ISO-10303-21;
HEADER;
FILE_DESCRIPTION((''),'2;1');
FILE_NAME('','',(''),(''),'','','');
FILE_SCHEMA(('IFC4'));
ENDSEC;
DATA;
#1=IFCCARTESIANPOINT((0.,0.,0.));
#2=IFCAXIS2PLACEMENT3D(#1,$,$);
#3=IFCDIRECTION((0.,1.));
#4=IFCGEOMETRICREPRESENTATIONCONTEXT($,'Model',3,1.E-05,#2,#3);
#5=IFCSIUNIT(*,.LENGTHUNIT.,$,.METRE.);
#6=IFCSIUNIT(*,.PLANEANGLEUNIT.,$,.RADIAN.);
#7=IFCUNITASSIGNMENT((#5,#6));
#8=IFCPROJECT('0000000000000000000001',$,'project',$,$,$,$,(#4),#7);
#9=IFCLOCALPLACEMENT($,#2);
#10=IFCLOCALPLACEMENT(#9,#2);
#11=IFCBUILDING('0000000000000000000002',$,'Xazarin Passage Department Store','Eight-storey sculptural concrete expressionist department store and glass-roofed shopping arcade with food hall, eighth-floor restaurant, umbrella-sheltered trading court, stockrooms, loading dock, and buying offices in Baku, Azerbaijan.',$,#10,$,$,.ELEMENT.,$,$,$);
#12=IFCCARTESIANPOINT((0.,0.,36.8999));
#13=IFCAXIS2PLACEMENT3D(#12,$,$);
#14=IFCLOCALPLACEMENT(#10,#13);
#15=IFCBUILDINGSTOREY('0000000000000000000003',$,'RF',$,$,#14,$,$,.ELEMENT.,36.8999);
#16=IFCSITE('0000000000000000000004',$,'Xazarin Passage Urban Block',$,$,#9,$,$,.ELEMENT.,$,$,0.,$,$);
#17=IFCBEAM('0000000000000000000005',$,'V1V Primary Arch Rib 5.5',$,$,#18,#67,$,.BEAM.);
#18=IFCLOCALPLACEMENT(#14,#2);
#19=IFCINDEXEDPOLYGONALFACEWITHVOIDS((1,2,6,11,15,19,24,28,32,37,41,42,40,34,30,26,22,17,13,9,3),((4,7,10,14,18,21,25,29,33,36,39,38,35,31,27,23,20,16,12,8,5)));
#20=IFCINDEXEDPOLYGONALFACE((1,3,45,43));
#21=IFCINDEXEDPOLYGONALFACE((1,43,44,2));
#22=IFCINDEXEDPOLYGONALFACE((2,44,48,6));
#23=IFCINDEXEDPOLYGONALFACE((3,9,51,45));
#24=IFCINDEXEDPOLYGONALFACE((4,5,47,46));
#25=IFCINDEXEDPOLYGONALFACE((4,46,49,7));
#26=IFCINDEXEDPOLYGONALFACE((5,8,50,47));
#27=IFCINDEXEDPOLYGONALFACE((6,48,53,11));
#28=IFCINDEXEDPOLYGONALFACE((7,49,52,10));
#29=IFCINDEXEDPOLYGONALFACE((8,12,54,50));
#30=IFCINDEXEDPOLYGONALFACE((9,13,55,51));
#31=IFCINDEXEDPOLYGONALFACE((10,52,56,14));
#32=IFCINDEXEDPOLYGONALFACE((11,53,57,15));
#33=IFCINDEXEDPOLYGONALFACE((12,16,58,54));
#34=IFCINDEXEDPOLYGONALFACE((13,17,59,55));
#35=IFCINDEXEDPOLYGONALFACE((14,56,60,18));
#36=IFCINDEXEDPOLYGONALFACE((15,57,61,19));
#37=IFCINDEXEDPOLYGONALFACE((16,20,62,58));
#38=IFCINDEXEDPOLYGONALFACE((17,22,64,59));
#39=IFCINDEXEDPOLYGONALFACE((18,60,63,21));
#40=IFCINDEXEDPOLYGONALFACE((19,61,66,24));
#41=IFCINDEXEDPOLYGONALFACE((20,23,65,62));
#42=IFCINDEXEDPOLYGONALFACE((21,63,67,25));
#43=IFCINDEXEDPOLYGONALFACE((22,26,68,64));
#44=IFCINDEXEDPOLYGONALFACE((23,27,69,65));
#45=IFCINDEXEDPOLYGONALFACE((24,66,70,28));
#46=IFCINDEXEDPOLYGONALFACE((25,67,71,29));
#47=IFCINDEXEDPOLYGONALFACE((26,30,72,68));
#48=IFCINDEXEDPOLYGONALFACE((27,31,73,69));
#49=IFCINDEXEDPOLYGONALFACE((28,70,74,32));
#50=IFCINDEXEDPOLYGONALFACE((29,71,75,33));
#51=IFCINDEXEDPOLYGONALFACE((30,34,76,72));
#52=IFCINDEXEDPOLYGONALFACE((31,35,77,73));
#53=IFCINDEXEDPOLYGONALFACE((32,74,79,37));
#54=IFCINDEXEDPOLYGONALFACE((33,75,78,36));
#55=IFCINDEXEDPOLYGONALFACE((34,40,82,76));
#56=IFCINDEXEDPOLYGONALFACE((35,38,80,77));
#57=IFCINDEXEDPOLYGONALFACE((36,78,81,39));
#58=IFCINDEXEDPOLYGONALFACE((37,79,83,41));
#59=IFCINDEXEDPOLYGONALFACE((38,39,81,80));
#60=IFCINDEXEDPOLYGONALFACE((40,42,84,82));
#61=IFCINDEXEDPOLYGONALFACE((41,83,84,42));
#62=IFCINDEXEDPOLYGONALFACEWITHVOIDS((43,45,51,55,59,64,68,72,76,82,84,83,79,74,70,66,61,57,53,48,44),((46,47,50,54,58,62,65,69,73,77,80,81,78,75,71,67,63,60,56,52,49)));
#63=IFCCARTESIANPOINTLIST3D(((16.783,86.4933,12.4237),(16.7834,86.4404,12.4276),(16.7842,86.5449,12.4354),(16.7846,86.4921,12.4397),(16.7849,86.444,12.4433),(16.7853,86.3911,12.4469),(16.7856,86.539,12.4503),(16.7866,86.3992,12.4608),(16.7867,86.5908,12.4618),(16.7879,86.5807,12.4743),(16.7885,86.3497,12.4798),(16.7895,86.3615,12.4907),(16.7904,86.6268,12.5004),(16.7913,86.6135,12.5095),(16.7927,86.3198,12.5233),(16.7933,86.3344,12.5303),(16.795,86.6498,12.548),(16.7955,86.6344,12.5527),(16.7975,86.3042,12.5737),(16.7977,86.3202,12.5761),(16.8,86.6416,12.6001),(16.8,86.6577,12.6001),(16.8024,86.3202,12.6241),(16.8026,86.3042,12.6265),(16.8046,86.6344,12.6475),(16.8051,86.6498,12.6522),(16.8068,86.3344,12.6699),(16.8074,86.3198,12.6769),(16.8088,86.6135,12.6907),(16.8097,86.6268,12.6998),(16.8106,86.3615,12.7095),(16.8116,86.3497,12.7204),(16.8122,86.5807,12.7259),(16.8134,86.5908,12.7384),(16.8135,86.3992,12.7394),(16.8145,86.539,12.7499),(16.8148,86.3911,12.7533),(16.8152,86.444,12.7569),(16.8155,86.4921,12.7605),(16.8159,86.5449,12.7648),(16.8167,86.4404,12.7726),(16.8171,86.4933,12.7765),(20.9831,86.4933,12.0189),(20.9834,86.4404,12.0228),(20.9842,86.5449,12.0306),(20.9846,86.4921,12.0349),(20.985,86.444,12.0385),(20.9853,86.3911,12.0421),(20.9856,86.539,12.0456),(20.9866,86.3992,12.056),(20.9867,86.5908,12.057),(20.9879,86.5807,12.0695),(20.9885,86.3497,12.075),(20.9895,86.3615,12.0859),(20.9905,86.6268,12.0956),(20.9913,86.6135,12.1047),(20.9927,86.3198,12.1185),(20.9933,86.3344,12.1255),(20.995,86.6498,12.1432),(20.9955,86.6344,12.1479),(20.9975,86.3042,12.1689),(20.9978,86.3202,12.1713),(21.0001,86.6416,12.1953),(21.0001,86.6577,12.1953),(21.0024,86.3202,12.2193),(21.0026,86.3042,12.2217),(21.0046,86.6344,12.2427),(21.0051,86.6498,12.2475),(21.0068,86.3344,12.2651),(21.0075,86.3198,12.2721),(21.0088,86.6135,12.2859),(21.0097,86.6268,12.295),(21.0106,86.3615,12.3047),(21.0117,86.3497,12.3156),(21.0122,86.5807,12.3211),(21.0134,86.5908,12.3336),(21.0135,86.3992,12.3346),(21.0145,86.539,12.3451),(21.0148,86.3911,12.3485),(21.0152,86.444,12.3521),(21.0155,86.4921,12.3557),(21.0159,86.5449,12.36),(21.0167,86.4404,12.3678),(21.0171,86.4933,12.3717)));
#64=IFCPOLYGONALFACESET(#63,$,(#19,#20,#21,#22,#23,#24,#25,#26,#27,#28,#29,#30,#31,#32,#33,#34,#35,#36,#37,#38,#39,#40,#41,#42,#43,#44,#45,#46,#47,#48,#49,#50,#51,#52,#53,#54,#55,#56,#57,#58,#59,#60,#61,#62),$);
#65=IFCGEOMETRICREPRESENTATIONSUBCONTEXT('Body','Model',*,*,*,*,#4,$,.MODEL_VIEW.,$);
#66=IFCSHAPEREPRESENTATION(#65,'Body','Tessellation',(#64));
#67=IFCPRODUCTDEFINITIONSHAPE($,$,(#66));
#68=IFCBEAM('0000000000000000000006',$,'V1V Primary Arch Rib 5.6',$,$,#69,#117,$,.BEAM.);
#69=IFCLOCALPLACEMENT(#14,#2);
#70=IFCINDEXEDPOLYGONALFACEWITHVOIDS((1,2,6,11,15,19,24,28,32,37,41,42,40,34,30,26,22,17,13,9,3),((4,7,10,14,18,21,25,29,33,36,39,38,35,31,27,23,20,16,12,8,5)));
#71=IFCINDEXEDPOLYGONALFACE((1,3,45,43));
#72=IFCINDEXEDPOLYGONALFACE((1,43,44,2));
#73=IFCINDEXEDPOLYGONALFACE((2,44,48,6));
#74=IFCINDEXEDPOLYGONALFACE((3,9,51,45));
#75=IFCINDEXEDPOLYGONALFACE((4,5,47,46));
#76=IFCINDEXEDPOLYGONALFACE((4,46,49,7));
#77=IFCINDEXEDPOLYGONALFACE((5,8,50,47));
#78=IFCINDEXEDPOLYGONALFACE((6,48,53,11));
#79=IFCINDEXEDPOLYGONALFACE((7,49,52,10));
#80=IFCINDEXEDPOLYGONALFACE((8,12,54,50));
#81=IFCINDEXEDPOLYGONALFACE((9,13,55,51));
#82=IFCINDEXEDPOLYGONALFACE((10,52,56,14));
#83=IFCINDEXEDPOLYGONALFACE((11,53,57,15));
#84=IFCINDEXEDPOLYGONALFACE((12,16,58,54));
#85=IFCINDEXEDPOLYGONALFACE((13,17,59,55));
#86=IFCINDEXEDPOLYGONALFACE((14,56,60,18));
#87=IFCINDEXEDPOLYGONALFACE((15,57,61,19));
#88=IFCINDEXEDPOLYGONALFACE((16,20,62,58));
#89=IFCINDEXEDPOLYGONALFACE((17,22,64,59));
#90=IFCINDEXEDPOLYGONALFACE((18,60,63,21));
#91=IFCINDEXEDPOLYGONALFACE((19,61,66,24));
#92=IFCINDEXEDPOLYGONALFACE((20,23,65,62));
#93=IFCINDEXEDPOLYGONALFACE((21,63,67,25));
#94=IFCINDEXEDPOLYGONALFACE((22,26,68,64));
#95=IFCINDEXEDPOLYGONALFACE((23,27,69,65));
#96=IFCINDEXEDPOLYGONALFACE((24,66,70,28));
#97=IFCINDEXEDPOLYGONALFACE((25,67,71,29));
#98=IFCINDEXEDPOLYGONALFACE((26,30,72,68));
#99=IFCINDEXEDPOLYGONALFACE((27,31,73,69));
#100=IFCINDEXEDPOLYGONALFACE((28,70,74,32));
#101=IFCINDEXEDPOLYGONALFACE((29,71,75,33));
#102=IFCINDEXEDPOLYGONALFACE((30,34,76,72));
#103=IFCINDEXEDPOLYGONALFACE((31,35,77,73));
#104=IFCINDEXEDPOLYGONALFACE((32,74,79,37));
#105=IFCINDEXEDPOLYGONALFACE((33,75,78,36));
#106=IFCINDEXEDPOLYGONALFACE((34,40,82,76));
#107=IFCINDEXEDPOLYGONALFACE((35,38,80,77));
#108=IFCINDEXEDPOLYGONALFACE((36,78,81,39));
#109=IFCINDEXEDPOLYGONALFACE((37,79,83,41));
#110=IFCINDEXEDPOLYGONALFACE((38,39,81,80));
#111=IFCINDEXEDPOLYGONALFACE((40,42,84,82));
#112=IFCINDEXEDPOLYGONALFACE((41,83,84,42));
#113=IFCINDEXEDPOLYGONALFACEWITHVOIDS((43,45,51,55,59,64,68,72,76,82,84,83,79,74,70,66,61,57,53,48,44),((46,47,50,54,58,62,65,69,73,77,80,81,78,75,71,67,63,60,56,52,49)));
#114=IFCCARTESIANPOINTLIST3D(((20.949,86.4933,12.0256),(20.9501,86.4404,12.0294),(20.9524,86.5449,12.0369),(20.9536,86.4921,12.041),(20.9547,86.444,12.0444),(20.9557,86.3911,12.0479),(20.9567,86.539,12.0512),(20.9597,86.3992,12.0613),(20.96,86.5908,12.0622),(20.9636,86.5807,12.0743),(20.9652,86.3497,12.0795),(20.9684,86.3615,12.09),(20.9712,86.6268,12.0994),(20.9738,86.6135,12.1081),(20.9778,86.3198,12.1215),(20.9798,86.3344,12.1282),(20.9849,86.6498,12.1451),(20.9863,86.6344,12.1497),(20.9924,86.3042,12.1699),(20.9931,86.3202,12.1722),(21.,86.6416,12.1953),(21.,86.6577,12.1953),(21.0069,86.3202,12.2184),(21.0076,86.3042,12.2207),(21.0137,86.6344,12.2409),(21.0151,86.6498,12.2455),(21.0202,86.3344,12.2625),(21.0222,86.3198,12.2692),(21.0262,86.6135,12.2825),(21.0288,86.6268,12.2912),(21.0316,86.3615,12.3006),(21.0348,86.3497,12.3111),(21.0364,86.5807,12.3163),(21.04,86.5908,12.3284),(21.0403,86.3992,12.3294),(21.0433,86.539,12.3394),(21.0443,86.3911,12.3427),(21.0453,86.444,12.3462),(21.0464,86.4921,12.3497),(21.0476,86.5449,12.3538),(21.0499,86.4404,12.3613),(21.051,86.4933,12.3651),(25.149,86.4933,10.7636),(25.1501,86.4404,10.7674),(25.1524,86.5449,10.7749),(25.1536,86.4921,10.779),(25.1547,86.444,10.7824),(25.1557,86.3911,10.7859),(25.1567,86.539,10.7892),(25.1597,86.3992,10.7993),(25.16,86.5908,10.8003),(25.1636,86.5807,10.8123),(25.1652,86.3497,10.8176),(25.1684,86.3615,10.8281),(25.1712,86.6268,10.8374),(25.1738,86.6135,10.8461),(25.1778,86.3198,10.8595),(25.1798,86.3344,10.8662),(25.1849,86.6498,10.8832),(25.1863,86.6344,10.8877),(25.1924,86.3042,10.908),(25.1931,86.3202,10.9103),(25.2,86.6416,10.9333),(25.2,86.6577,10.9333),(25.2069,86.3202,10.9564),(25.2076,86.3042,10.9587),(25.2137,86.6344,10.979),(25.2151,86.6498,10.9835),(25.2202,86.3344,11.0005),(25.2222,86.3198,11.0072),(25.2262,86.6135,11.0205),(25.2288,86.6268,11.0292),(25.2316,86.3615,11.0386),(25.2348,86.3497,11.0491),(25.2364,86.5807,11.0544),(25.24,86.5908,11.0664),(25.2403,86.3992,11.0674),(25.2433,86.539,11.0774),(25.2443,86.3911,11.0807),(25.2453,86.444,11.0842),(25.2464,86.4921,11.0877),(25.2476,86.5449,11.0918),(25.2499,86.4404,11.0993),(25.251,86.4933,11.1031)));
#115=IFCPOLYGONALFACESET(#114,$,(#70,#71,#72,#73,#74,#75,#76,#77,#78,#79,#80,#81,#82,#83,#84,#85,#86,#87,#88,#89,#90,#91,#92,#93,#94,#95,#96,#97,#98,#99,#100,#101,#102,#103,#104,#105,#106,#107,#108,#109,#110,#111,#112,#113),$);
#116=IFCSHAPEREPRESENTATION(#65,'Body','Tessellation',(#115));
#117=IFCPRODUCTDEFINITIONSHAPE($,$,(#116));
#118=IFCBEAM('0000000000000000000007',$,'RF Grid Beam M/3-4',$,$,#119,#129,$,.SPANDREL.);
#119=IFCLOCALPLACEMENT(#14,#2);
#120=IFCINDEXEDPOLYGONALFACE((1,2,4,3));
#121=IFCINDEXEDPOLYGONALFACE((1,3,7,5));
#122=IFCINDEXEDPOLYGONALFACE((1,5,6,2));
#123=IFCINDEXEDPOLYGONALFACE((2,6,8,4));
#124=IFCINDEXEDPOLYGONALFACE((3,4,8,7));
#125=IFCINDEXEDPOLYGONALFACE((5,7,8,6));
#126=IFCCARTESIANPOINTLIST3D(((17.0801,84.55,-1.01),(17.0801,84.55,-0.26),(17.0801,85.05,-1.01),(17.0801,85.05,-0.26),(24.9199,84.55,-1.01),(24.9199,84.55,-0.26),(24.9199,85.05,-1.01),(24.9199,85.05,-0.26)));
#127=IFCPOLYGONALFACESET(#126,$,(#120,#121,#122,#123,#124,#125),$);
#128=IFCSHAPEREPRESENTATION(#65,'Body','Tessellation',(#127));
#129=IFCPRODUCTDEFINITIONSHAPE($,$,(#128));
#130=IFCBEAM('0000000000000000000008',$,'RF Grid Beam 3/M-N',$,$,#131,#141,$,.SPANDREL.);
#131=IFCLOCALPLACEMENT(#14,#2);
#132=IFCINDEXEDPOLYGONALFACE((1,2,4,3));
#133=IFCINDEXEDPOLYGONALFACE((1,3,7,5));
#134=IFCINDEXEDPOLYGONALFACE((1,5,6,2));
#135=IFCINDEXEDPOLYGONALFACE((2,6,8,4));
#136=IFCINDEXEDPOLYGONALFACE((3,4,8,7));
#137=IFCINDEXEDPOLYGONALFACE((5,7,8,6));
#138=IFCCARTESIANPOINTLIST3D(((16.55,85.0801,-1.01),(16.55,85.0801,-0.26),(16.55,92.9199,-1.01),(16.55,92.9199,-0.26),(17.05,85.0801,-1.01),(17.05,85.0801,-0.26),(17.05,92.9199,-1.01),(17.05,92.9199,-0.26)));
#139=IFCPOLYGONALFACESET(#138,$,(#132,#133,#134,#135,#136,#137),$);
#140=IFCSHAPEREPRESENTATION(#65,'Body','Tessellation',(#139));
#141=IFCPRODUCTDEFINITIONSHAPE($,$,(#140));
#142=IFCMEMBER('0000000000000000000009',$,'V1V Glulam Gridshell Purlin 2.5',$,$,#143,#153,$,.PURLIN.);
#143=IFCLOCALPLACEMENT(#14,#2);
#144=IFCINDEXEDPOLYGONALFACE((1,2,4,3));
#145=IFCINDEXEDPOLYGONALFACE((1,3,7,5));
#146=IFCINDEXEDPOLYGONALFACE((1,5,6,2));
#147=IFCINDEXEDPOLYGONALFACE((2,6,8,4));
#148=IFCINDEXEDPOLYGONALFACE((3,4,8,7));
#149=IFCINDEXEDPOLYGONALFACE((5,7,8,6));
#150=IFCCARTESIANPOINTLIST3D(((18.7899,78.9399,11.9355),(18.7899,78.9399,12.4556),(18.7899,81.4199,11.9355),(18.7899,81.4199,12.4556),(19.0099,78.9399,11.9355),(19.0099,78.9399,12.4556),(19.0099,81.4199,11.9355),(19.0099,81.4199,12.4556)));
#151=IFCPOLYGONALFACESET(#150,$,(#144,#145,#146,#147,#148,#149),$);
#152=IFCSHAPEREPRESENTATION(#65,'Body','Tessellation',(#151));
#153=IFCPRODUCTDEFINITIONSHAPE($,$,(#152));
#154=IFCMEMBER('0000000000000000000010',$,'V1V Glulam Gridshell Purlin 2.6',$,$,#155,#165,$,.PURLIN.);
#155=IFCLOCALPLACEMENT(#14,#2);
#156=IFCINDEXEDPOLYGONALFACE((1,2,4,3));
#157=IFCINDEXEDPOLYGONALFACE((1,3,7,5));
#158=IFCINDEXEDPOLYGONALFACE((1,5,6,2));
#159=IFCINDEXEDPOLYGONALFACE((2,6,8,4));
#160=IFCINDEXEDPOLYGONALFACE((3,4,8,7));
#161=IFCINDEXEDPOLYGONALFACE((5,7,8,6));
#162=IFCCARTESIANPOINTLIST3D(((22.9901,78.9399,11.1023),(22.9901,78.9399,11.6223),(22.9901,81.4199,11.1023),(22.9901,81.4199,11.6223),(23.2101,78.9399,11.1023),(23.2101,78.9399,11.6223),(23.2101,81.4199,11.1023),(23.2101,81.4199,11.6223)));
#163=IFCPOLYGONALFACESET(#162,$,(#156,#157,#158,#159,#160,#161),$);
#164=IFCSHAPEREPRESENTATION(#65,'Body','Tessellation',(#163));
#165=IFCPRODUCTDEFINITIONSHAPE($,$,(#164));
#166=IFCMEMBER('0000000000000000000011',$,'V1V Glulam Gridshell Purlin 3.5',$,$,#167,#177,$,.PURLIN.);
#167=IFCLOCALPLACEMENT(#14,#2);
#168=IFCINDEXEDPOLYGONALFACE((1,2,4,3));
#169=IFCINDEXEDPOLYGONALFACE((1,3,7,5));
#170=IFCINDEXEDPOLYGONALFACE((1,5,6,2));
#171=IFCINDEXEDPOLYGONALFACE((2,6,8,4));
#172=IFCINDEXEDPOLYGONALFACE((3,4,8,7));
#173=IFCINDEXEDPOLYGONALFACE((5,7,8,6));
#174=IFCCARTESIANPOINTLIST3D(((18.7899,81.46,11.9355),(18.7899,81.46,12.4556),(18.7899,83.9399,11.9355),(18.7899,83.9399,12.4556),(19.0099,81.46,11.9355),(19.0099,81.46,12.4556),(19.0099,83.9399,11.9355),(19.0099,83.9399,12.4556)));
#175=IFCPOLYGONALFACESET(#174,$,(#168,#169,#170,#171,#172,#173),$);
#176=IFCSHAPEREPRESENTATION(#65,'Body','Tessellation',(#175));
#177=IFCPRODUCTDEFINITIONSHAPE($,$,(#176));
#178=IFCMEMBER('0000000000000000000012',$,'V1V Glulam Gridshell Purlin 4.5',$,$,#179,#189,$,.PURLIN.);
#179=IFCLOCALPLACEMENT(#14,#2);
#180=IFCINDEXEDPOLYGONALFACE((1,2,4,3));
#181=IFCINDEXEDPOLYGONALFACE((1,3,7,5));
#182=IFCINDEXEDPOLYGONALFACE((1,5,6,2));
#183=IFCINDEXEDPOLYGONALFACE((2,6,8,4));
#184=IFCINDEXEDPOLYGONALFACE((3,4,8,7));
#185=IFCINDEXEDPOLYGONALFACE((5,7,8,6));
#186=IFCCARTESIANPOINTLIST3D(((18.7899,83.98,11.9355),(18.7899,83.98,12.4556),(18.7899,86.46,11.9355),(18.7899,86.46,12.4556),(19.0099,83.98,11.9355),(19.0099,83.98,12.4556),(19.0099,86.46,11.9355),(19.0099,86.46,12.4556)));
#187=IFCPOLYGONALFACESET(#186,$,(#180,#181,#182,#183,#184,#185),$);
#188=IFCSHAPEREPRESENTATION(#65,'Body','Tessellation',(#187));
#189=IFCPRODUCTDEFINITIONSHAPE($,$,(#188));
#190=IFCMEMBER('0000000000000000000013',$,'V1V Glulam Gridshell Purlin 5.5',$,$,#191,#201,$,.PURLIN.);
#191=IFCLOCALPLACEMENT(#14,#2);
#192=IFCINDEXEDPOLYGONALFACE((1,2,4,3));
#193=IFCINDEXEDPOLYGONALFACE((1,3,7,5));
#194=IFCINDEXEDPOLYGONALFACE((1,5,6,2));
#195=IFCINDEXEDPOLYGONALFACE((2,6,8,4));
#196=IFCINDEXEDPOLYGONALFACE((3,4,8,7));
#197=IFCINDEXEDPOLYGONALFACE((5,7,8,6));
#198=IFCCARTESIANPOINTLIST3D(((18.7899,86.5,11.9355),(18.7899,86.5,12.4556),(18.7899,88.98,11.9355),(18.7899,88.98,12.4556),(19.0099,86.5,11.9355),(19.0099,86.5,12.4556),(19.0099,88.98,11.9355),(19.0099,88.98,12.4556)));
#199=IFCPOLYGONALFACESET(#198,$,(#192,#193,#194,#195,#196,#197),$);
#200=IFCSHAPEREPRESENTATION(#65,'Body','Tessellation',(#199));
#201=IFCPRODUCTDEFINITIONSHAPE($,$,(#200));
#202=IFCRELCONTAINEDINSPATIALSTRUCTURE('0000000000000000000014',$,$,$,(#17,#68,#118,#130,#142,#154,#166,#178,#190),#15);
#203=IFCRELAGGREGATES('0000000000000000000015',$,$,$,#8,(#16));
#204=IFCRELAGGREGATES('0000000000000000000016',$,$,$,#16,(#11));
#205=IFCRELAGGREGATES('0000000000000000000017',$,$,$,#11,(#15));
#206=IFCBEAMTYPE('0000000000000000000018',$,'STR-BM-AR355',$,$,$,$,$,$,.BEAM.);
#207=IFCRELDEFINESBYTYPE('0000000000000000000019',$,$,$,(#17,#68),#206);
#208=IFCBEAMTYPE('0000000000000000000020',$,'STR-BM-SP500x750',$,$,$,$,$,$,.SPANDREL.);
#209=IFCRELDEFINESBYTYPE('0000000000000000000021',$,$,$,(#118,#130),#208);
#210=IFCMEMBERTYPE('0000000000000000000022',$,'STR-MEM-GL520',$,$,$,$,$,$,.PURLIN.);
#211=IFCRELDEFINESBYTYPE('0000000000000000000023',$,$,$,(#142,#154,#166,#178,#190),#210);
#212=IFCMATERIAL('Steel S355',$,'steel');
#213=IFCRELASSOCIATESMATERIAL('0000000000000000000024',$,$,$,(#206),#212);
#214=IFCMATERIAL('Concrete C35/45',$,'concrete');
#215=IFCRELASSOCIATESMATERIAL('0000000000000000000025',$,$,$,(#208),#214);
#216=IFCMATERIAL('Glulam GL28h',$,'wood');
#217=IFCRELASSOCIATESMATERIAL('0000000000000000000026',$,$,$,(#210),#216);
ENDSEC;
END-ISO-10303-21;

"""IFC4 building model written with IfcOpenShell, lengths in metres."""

from ifc_helpers import new_model, si_unit, direction, frame, origin, origin_2d, place, context, subcontext, project, spatial, rectangle, hollow_circle, extrude, material, material_profile, profile_set, type_object, element, save


model = new_model("IFC4")

# Units and contexts
model_context = context("Model", 3, precision=1e-05, world=origin(), true_north=direction((0.0, 1.0)))
body_context = subcontext(model_context, "Body", "Model", "MODEL_VIEW")
ifc_project = project(units=[si_unit("LENGTHUNIT", "METRE"), si_unit("PLANEANGLEUNIT", "RADIAN")], contexts=[model_context])

# Site, building, storey
site_placement = place(None, origin())
site = spatial("IfcSite", under=ifc_project, at=site_placement, Name="Xazarin Passage Urban Block", CompositionType="ELEMENT", RefElevation=0.0)
building_placement = place(site_placement, origin())
building = spatial("IfcBuilding", under=site, at=building_placement, Name="Xazarin Passage Department Store", Description="Eight-storey sculptural concrete expressionist department store and glass-roofed shopping arcade with food hall, eighth-floor restaurant, umbrella-sheltered trading court, stockrooms, loading dock, and buying offices in Baku, Azerbaijan.", CompositionType="ELEMENT")
storey_placement = place(building_placement, frame((0.0, 0.0, 36.8999)))
storey = spatial("IfcBuildingStorey", under=building, at=storey_placement, Name="RF", CompositionType="ELEMENT", Elevation=36.8999)

# Beams
ifc_material_1 = material(Name="Steel S355", Category="steel")
ifc_material_profile_1 = material_profile(ifc_material_1, hollow_circle(Radius=0.1777, WallThickness=0.0161, at=origin_2d()), Name="CHS 355.6x16")
ifc_profile_set_1 = profile_set([ifc_material_profile_1], Name="Steel S355")
beam_type_1 = type_object("IfcBeamType", Name="STR-BM-AR355", PredefinedType="BEAM", material=ifc_profile_set_1)
beam_1_placement = place(storey_placement, frame((16.8, 86.48, 12.6001), z_axis=(0.995388, 0.0, -0.095934), x_axis=(0.0, 1.0, 0.0)))
element("IfcBeam", 1, at=beam_1_placement, inside=storey, type_object=beam_type_1, Name="V1V Primary Arch Rib 5.5", PredefinedType="BEAM", context=body_context, shape_type="SweptSolid", body=[
    extrude(hollow_circle(Radius=0.1777, WallThickness=0.0161, at=origin_2d()), origin(), (0.0, 0.0, 1.0), 4.2195),
])
beam_2_placement = place(storey_placement, frame((21.0, 86.48, 12.1953), z_axis=(0.957702, 0.0, -0.287762), x_axis=(0.0, 1.0, 0.0)))
element("IfcBeam", 2, at=beam_2_placement, inside=storey, type_object=beam_type_1, Name="V1V Primary Arch Rib 5.6", PredefinedType="BEAM", context=body_context, shape_type="SweptSolid", body=[
    extrude(hollow_circle(Radius=0.1777, WallThickness=0.0161, at=origin_2d()), origin(), (0.0, 0.0, 1.0), 4.3855),
])
ifc_material_2 = material(Name="Concrete C35/45", Category="concrete")
ifc_material_profile_2 = material_profile(ifc_material_2, rectangle(XDim=0.5, YDim=0.75, at=origin_2d()), Name="RC 500x750")
ifc_profile_set_2 = profile_set([ifc_material_profile_2], Name="Concrete C35/45")
beam_type_2 = type_object("IfcBeamType", Name="STR-BM-SP500x750", PredefinedType="SPANDREL", material=ifc_profile_set_2)
for number, where, z_axis, x_axis, name in (
    (3, (17.0801, 84.8, -0.635), (1.0, 0.0, 0.0), (0.0, 1.0, 0.0), "RF Grid Beam M/3-4"),
    (4, (16.8, 85.0801, -0.635), (0.0, 1.0, 0.0), (-1.0, 0.0, 0.0), "RF Grid Beam 3/M-N"),
):
    element("IfcBeam", number, at=place(storey_placement, frame(where, z_axis=z_axis, x_axis=x_axis)), inside=storey, type_object=beam_type_2, Name=name, PredefinedType="SPANDREL", context=body_context, shape_type="SweptSolid", body=[
        extrude(rectangle(XDim=0.5, YDim=0.75, at=origin_2d()), origin(), (0.0, 0.0, 1.0), 7.8398),
    ])

# Members
ifc_material_3 = material(Name="Glulam GL28h", Category="wood")
ifc_material_profile_3 = material_profile(ifc_material_3, rectangle(XDim=0.22, YDim=0.52, at=origin_2d()), Name="GL28h 220x520")
ifc_profile_set_3 = profile_set([ifc_material_profile_3], Name="Glulam GL28h")
member_type = type_object("IfcMemberType", Name="STR-MEM-GL520", PredefinedType="PURLIN", material=ifc_profile_set_3)
for number, where, z_axis, x_axis, name in (
    (5, (18.8999, 78.9399, 12.1956), (0.0, 1.0, 0.0), (-1.0, 0.0, 0.0), "V1V Glulam Gridshell Purlin 2.5"),
    (6, (23.1001, 78.9399, 11.3623), (0.0, 1.0, 0.0), (-1.0, 0.0, 0.0), "V1V Glulam Gridshell Purlin 2.6"),
    (7, (18.8999, 81.46, 12.1956), (0.0, 1.0, 0.0), (-1.0, 0.0, 0.0), "V1V Glulam Gridshell Purlin 3.5"),
    (8, (18.8999, 83.98, 12.1956), (0.0, 1.0, 0.0), (-1.0, 0.0, 0.0), "V1V Glulam Gridshell Purlin 4.5"),
    (9, (18.8999, 86.5, 12.1956), (0.0, 1.0, 0.0), (-1.0, 0.0, 0.0), "V1V Glulam Gridshell Purlin 5.5"),
):
    element("IfcMember", number, at=place(storey_placement, frame(where, z_axis=z_axis, x_axis=x_axis)), inside=storey, type_object=member_type, Name=name, PredefinedType="PURLIN", context=body_context, shape_type="SweptSolid", body=[
        extrude(rectangle(XDim=0.22, YDim=0.52, at=origin_2d()), origin(), (0.0, 0.0, 1.0), 2.48),
    ])

save(model, "model.ifc")
